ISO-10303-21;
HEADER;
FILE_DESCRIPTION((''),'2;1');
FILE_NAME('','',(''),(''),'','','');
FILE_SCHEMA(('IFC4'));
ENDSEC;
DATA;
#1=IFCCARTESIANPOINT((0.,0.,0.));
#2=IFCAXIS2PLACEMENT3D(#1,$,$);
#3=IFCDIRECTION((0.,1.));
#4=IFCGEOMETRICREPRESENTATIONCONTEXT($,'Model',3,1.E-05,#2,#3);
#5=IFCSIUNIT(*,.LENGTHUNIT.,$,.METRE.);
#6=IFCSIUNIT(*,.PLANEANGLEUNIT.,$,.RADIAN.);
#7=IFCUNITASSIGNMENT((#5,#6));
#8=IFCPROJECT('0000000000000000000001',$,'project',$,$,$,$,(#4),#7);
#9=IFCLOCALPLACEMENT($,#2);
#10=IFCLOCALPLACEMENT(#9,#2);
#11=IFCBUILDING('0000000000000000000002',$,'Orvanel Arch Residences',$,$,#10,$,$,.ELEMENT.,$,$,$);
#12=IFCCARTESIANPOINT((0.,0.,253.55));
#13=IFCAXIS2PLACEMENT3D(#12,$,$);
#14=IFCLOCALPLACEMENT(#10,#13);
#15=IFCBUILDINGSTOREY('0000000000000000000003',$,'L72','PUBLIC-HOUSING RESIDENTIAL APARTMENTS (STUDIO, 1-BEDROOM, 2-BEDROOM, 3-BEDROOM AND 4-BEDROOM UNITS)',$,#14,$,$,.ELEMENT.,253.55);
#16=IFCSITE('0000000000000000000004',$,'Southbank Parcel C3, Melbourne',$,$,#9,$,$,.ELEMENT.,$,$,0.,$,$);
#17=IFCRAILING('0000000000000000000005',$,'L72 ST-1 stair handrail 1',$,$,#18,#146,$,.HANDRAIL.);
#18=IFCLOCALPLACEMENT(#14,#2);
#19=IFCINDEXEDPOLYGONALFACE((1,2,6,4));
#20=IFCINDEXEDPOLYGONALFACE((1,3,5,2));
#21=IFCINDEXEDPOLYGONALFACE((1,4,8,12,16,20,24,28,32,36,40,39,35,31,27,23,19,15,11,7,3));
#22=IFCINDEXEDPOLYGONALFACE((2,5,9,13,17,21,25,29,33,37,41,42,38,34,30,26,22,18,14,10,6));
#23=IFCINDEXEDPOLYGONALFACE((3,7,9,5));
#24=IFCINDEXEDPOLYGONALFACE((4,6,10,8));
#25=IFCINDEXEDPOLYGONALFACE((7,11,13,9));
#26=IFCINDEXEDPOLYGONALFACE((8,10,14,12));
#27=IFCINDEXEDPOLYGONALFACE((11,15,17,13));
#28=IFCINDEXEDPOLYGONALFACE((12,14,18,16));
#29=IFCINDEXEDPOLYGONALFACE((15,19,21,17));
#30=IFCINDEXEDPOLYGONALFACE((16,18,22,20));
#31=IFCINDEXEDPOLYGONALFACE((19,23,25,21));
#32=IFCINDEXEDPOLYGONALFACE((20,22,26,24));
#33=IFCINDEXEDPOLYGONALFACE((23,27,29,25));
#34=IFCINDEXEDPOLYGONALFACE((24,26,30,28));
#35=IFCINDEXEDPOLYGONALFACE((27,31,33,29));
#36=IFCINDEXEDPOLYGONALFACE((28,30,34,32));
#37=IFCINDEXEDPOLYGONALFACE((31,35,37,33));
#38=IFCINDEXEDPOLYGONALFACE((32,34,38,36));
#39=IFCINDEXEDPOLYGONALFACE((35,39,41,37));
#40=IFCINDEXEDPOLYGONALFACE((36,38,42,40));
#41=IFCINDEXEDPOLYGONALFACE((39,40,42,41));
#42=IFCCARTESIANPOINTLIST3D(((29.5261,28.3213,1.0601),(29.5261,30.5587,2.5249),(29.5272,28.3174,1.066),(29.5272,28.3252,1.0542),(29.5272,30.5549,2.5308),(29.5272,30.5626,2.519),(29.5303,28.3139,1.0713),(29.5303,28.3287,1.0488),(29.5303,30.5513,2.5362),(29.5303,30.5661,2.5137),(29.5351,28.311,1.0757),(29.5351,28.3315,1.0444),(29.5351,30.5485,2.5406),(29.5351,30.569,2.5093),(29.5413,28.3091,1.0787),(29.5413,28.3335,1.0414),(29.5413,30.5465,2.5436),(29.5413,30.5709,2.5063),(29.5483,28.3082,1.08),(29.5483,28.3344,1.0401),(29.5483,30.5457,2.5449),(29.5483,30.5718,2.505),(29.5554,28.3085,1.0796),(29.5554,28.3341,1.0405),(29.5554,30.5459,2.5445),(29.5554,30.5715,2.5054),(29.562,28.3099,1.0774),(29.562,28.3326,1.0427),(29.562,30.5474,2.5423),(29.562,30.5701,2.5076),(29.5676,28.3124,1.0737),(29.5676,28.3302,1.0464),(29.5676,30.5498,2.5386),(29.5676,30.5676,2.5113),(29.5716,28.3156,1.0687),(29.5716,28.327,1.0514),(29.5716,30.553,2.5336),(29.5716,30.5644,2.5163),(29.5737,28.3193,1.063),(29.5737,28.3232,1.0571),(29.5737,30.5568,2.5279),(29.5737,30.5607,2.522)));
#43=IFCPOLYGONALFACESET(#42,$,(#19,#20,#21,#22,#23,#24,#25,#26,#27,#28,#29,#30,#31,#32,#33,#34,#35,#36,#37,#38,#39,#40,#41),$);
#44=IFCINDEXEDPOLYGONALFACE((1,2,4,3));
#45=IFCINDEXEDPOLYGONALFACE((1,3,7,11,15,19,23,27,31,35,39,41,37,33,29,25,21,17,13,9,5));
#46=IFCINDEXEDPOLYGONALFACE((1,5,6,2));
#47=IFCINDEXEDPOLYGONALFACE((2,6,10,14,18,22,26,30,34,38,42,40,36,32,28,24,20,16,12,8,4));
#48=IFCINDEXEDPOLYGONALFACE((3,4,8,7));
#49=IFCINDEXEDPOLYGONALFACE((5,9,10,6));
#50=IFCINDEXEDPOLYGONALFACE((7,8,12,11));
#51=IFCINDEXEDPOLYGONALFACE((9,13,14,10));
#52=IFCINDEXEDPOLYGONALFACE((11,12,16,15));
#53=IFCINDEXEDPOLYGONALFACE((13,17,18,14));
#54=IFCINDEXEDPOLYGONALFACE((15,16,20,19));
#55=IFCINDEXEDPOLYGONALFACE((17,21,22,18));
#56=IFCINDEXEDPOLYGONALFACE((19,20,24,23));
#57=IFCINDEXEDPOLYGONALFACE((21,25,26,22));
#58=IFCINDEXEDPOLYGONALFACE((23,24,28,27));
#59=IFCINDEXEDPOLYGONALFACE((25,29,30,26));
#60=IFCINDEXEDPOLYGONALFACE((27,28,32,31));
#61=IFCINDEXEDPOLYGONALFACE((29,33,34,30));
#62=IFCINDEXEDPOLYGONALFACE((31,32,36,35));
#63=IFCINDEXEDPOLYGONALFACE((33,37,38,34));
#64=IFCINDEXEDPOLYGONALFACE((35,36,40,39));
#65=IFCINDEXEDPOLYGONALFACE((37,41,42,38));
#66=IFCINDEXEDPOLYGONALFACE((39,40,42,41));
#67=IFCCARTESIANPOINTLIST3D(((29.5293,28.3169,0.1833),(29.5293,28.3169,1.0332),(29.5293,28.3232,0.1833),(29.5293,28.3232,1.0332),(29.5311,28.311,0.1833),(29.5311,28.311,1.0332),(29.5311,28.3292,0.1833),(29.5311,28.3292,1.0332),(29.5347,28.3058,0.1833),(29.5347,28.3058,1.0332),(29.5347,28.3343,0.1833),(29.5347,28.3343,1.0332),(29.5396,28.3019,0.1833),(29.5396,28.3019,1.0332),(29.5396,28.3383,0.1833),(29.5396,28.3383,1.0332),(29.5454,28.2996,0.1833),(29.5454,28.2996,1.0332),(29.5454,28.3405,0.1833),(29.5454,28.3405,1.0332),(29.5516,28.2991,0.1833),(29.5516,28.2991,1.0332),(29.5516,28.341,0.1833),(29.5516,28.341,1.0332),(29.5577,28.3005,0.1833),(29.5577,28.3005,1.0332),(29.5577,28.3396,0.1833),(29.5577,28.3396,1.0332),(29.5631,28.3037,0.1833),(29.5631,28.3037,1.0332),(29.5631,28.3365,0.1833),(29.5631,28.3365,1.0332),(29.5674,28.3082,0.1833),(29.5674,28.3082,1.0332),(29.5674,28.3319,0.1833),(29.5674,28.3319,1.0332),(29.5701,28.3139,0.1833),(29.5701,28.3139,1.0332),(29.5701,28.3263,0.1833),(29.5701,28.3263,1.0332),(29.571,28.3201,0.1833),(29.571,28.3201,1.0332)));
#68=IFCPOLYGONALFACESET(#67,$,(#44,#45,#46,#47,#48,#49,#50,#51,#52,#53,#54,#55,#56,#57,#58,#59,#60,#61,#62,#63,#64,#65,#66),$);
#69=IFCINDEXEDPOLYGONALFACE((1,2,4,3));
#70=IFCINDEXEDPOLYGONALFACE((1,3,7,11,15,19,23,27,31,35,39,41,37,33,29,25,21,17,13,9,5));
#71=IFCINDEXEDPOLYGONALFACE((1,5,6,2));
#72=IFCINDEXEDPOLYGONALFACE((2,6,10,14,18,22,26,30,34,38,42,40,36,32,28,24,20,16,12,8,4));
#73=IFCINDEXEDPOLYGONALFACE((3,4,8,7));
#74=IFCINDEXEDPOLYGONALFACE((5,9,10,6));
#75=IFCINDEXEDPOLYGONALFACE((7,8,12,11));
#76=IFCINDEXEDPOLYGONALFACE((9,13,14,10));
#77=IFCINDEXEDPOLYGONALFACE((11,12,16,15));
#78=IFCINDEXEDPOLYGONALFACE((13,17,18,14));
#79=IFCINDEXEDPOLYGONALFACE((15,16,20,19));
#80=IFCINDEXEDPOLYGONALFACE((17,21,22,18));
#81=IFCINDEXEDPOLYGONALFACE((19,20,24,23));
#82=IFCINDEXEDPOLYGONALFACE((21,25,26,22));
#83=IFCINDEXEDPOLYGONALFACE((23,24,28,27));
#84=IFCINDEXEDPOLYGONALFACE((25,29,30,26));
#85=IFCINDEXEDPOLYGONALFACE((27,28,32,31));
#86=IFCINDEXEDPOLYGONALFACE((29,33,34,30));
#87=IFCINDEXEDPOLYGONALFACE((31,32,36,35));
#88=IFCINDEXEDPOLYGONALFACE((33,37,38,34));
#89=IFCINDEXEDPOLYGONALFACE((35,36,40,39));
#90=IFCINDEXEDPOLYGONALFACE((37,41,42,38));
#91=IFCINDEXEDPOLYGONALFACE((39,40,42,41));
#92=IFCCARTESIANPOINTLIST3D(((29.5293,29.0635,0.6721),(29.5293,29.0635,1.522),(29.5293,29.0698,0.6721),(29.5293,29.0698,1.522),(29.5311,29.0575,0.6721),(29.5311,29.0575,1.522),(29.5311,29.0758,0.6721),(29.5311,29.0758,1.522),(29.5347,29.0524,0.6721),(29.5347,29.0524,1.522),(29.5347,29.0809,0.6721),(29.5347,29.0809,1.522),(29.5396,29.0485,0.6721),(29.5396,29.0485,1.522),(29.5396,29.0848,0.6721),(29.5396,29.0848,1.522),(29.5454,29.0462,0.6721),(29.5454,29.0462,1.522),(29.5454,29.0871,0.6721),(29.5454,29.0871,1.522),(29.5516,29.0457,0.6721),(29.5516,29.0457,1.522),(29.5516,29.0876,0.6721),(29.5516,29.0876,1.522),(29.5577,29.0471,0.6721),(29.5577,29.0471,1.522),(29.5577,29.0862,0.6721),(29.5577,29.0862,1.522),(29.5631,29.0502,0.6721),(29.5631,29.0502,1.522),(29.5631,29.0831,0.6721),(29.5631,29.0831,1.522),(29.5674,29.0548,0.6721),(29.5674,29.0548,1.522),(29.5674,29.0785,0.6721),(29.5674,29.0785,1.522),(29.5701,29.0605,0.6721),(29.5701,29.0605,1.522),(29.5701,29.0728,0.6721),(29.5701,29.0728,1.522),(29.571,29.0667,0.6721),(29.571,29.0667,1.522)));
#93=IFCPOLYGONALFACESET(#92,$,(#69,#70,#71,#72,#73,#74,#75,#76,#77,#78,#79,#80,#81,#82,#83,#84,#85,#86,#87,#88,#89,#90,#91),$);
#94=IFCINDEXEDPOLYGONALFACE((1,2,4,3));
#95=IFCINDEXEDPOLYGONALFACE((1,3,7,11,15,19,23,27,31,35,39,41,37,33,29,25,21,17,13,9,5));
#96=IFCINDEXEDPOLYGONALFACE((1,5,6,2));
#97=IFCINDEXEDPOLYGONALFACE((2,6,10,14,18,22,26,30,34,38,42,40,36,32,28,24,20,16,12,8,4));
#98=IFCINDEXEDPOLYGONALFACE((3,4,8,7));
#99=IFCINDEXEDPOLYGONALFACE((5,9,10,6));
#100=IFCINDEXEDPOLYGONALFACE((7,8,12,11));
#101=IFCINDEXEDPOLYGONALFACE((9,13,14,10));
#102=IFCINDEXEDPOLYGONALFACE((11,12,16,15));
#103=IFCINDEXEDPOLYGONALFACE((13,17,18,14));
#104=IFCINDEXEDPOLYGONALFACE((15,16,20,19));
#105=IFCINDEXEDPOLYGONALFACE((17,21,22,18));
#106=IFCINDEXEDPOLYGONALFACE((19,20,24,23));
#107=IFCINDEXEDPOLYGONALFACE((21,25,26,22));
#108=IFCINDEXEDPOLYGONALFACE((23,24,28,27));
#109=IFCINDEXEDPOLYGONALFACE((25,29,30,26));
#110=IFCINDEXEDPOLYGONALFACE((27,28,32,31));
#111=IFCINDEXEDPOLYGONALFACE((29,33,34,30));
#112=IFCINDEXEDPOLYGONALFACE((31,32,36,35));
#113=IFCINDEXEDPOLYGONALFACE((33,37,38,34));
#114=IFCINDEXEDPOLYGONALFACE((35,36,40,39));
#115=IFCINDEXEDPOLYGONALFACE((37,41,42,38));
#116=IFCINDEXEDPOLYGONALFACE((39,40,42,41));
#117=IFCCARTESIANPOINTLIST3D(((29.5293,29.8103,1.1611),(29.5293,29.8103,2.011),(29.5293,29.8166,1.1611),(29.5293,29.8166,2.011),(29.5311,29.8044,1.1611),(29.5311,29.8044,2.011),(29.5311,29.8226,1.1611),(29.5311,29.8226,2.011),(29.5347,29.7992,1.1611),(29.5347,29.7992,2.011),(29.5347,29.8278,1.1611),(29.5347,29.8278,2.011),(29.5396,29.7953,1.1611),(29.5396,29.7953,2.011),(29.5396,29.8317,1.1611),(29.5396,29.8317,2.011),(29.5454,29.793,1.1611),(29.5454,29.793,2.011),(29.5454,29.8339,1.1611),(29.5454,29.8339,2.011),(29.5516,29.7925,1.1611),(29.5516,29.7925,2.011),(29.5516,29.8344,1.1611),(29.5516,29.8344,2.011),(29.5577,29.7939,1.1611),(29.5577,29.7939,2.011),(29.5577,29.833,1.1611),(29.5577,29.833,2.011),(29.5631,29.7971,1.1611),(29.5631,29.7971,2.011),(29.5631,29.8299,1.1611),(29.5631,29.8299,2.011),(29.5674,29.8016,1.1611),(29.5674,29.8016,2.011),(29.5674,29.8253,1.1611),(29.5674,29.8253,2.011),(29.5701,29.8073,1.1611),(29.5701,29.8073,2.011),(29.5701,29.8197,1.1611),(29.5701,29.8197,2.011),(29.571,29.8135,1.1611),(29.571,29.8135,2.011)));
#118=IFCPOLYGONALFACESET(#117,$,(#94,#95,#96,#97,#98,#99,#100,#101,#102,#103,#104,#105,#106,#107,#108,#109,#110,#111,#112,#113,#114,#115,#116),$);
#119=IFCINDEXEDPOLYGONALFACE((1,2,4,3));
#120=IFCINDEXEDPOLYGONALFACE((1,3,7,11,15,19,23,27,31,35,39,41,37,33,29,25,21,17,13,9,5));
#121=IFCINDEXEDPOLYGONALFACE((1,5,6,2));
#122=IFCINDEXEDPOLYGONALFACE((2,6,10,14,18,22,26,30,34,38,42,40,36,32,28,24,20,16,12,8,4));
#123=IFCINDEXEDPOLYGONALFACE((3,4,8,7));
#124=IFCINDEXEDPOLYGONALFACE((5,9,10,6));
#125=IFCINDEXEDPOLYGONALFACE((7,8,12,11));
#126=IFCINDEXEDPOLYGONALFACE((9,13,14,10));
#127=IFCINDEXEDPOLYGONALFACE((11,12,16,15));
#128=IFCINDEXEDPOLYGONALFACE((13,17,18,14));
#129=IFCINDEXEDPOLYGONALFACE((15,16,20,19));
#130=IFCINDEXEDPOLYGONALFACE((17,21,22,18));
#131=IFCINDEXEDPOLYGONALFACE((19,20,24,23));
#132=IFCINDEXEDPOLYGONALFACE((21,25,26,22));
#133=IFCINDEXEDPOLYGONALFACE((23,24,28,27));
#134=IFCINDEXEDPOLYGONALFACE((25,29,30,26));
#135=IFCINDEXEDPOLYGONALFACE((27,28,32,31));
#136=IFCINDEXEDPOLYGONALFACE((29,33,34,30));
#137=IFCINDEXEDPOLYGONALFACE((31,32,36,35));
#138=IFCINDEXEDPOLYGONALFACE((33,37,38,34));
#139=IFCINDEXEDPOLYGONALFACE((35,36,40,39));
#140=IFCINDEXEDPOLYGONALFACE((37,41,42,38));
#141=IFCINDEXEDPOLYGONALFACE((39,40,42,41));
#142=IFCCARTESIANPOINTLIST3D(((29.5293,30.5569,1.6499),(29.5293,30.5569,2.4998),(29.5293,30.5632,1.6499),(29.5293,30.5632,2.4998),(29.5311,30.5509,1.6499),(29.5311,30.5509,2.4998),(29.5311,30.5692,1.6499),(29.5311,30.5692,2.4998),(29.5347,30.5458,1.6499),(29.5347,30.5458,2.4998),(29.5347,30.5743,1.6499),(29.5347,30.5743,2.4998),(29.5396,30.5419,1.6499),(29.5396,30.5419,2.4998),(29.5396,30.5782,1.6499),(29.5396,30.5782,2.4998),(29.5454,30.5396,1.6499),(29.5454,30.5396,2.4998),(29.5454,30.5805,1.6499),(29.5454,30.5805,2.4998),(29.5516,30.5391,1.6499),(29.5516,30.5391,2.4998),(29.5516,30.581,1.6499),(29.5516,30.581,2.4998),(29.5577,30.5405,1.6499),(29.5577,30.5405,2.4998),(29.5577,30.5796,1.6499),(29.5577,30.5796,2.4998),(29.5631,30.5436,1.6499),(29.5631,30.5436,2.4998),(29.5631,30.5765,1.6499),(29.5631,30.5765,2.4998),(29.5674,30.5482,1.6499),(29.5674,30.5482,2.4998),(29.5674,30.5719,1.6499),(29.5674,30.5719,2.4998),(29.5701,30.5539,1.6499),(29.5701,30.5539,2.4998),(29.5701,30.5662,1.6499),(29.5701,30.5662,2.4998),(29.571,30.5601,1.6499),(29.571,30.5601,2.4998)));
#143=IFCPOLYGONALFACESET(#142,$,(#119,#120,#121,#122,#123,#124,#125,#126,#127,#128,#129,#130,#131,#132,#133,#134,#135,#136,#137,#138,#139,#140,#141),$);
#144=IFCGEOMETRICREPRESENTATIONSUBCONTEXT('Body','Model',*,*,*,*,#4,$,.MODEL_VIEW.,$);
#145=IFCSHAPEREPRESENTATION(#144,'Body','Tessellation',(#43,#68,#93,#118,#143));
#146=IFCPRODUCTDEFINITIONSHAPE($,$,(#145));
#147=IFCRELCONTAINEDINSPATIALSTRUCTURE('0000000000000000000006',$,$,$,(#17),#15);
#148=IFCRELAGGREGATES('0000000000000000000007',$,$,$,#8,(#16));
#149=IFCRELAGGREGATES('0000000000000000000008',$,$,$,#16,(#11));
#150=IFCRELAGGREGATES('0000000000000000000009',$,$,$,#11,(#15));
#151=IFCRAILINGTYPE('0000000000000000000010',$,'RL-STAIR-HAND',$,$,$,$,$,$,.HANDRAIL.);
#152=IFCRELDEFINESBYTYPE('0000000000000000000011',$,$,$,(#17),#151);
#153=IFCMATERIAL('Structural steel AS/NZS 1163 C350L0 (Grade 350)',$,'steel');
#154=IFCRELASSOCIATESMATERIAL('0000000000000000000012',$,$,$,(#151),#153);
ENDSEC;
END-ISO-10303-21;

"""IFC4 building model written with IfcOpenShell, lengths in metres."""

from ifc_helpers import new_model, si_unit, direction, frame, origin, origin_2d, place, context, subcontext, project, spatial, circle, extrude, material, type_object, element, save


model = new_model("IFC4")

# Units and contexts
model_context = context("Model", 3, precision=1e-05, world=origin(), true_north=direction((0.0, 1.0)))
body_context = subcontext(model_context, "Body", "Model", "MODEL_VIEW")
ifc_project = project(units=[si_unit("LENGTHUNIT", "METRE"), si_unit("PLANEANGLEUNIT", "RADIAN")], contexts=[model_context])

# Site, building, storey
site_placement = place(None, origin())
site = spatial("IfcSite", under=ifc_project, at=site_placement, Name="Southbank Parcel C3, Melbourne", CompositionType="ELEMENT", RefElevation=0.0)
building_placement = place(site_placement, origin())
building = spatial("IfcBuilding", under=site, at=building_placement, Name="Orvanel Arch Residences", CompositionType="ELEMENT")
storey_placement = place(building_placement, frame((0.0, 0.0, 253.55)))
storey = spatial("IfcBuildingStorey", under=building, at=storey_placement, Name="L72", Description="PUBLIC-HOUSING RESIDENTIAL APARTMENTS (STUDIO, 1-BEDROOM, 2-BEDROOM, 3-BEDROOM AND 4-BEDROOM UNITS)", CompositionType="ELEMENT", Elevation=253.55)

# Railing
ifc_material_1 = material(Name="Structural steel AS/NZS 1163 C350L0 (Grade 350)", Category="steel")
railing_type_1 = type_object("IfcRailingType", Name="RL-STAIR-HAND", PredefinedType="HANDRAIL", material=ifc_material_1)
railing_1_placement = place(storey_placement, frame((29.55, 28.3201, 0.1833)))
element("IfcRailing", 1, at=railing_1_placement, inside=storey, type_object=railing_type_1, Name="L72 ST-1 stair handrail 1", PredefinedType="HANDRAIL", context=body_context, shape_type="SweptSolid", body=[
    extrude(circle(Radius=0.0239, at=origin_2d()), frame((0.0, 0.0012, 0.8767), z_axis=(0.0, 0.836637, 0.547758), x_axis=(-1.0, 0.0, 0.0)), (0.0, 0.0, 1.0), 2.6743),
    extrude(circle(Radius=0.021, at=origin_2d()), origin(), (0.0, 0.0, 1.0), 0.8499),
    extrude(circle(Radius=0.021, at=origin_2d()), frame((0.0, 0.7466, 0.4888)), (0.0, 0.0, 1.0), 0.8499),
    extrude(circle(Radius=0.021, at=origin_2d()), frame((0.0, 1.4934, 0.9778)), (0.0, 0.0, 1.0), 0.8499),
    extrude(circle(Radius=0.021, at=origin_2d()), frame((0.0, 2.24, 1.4666)), (0.0, 0.0, 1.0), 0.8499),
])

save(model, "model.ifc")
